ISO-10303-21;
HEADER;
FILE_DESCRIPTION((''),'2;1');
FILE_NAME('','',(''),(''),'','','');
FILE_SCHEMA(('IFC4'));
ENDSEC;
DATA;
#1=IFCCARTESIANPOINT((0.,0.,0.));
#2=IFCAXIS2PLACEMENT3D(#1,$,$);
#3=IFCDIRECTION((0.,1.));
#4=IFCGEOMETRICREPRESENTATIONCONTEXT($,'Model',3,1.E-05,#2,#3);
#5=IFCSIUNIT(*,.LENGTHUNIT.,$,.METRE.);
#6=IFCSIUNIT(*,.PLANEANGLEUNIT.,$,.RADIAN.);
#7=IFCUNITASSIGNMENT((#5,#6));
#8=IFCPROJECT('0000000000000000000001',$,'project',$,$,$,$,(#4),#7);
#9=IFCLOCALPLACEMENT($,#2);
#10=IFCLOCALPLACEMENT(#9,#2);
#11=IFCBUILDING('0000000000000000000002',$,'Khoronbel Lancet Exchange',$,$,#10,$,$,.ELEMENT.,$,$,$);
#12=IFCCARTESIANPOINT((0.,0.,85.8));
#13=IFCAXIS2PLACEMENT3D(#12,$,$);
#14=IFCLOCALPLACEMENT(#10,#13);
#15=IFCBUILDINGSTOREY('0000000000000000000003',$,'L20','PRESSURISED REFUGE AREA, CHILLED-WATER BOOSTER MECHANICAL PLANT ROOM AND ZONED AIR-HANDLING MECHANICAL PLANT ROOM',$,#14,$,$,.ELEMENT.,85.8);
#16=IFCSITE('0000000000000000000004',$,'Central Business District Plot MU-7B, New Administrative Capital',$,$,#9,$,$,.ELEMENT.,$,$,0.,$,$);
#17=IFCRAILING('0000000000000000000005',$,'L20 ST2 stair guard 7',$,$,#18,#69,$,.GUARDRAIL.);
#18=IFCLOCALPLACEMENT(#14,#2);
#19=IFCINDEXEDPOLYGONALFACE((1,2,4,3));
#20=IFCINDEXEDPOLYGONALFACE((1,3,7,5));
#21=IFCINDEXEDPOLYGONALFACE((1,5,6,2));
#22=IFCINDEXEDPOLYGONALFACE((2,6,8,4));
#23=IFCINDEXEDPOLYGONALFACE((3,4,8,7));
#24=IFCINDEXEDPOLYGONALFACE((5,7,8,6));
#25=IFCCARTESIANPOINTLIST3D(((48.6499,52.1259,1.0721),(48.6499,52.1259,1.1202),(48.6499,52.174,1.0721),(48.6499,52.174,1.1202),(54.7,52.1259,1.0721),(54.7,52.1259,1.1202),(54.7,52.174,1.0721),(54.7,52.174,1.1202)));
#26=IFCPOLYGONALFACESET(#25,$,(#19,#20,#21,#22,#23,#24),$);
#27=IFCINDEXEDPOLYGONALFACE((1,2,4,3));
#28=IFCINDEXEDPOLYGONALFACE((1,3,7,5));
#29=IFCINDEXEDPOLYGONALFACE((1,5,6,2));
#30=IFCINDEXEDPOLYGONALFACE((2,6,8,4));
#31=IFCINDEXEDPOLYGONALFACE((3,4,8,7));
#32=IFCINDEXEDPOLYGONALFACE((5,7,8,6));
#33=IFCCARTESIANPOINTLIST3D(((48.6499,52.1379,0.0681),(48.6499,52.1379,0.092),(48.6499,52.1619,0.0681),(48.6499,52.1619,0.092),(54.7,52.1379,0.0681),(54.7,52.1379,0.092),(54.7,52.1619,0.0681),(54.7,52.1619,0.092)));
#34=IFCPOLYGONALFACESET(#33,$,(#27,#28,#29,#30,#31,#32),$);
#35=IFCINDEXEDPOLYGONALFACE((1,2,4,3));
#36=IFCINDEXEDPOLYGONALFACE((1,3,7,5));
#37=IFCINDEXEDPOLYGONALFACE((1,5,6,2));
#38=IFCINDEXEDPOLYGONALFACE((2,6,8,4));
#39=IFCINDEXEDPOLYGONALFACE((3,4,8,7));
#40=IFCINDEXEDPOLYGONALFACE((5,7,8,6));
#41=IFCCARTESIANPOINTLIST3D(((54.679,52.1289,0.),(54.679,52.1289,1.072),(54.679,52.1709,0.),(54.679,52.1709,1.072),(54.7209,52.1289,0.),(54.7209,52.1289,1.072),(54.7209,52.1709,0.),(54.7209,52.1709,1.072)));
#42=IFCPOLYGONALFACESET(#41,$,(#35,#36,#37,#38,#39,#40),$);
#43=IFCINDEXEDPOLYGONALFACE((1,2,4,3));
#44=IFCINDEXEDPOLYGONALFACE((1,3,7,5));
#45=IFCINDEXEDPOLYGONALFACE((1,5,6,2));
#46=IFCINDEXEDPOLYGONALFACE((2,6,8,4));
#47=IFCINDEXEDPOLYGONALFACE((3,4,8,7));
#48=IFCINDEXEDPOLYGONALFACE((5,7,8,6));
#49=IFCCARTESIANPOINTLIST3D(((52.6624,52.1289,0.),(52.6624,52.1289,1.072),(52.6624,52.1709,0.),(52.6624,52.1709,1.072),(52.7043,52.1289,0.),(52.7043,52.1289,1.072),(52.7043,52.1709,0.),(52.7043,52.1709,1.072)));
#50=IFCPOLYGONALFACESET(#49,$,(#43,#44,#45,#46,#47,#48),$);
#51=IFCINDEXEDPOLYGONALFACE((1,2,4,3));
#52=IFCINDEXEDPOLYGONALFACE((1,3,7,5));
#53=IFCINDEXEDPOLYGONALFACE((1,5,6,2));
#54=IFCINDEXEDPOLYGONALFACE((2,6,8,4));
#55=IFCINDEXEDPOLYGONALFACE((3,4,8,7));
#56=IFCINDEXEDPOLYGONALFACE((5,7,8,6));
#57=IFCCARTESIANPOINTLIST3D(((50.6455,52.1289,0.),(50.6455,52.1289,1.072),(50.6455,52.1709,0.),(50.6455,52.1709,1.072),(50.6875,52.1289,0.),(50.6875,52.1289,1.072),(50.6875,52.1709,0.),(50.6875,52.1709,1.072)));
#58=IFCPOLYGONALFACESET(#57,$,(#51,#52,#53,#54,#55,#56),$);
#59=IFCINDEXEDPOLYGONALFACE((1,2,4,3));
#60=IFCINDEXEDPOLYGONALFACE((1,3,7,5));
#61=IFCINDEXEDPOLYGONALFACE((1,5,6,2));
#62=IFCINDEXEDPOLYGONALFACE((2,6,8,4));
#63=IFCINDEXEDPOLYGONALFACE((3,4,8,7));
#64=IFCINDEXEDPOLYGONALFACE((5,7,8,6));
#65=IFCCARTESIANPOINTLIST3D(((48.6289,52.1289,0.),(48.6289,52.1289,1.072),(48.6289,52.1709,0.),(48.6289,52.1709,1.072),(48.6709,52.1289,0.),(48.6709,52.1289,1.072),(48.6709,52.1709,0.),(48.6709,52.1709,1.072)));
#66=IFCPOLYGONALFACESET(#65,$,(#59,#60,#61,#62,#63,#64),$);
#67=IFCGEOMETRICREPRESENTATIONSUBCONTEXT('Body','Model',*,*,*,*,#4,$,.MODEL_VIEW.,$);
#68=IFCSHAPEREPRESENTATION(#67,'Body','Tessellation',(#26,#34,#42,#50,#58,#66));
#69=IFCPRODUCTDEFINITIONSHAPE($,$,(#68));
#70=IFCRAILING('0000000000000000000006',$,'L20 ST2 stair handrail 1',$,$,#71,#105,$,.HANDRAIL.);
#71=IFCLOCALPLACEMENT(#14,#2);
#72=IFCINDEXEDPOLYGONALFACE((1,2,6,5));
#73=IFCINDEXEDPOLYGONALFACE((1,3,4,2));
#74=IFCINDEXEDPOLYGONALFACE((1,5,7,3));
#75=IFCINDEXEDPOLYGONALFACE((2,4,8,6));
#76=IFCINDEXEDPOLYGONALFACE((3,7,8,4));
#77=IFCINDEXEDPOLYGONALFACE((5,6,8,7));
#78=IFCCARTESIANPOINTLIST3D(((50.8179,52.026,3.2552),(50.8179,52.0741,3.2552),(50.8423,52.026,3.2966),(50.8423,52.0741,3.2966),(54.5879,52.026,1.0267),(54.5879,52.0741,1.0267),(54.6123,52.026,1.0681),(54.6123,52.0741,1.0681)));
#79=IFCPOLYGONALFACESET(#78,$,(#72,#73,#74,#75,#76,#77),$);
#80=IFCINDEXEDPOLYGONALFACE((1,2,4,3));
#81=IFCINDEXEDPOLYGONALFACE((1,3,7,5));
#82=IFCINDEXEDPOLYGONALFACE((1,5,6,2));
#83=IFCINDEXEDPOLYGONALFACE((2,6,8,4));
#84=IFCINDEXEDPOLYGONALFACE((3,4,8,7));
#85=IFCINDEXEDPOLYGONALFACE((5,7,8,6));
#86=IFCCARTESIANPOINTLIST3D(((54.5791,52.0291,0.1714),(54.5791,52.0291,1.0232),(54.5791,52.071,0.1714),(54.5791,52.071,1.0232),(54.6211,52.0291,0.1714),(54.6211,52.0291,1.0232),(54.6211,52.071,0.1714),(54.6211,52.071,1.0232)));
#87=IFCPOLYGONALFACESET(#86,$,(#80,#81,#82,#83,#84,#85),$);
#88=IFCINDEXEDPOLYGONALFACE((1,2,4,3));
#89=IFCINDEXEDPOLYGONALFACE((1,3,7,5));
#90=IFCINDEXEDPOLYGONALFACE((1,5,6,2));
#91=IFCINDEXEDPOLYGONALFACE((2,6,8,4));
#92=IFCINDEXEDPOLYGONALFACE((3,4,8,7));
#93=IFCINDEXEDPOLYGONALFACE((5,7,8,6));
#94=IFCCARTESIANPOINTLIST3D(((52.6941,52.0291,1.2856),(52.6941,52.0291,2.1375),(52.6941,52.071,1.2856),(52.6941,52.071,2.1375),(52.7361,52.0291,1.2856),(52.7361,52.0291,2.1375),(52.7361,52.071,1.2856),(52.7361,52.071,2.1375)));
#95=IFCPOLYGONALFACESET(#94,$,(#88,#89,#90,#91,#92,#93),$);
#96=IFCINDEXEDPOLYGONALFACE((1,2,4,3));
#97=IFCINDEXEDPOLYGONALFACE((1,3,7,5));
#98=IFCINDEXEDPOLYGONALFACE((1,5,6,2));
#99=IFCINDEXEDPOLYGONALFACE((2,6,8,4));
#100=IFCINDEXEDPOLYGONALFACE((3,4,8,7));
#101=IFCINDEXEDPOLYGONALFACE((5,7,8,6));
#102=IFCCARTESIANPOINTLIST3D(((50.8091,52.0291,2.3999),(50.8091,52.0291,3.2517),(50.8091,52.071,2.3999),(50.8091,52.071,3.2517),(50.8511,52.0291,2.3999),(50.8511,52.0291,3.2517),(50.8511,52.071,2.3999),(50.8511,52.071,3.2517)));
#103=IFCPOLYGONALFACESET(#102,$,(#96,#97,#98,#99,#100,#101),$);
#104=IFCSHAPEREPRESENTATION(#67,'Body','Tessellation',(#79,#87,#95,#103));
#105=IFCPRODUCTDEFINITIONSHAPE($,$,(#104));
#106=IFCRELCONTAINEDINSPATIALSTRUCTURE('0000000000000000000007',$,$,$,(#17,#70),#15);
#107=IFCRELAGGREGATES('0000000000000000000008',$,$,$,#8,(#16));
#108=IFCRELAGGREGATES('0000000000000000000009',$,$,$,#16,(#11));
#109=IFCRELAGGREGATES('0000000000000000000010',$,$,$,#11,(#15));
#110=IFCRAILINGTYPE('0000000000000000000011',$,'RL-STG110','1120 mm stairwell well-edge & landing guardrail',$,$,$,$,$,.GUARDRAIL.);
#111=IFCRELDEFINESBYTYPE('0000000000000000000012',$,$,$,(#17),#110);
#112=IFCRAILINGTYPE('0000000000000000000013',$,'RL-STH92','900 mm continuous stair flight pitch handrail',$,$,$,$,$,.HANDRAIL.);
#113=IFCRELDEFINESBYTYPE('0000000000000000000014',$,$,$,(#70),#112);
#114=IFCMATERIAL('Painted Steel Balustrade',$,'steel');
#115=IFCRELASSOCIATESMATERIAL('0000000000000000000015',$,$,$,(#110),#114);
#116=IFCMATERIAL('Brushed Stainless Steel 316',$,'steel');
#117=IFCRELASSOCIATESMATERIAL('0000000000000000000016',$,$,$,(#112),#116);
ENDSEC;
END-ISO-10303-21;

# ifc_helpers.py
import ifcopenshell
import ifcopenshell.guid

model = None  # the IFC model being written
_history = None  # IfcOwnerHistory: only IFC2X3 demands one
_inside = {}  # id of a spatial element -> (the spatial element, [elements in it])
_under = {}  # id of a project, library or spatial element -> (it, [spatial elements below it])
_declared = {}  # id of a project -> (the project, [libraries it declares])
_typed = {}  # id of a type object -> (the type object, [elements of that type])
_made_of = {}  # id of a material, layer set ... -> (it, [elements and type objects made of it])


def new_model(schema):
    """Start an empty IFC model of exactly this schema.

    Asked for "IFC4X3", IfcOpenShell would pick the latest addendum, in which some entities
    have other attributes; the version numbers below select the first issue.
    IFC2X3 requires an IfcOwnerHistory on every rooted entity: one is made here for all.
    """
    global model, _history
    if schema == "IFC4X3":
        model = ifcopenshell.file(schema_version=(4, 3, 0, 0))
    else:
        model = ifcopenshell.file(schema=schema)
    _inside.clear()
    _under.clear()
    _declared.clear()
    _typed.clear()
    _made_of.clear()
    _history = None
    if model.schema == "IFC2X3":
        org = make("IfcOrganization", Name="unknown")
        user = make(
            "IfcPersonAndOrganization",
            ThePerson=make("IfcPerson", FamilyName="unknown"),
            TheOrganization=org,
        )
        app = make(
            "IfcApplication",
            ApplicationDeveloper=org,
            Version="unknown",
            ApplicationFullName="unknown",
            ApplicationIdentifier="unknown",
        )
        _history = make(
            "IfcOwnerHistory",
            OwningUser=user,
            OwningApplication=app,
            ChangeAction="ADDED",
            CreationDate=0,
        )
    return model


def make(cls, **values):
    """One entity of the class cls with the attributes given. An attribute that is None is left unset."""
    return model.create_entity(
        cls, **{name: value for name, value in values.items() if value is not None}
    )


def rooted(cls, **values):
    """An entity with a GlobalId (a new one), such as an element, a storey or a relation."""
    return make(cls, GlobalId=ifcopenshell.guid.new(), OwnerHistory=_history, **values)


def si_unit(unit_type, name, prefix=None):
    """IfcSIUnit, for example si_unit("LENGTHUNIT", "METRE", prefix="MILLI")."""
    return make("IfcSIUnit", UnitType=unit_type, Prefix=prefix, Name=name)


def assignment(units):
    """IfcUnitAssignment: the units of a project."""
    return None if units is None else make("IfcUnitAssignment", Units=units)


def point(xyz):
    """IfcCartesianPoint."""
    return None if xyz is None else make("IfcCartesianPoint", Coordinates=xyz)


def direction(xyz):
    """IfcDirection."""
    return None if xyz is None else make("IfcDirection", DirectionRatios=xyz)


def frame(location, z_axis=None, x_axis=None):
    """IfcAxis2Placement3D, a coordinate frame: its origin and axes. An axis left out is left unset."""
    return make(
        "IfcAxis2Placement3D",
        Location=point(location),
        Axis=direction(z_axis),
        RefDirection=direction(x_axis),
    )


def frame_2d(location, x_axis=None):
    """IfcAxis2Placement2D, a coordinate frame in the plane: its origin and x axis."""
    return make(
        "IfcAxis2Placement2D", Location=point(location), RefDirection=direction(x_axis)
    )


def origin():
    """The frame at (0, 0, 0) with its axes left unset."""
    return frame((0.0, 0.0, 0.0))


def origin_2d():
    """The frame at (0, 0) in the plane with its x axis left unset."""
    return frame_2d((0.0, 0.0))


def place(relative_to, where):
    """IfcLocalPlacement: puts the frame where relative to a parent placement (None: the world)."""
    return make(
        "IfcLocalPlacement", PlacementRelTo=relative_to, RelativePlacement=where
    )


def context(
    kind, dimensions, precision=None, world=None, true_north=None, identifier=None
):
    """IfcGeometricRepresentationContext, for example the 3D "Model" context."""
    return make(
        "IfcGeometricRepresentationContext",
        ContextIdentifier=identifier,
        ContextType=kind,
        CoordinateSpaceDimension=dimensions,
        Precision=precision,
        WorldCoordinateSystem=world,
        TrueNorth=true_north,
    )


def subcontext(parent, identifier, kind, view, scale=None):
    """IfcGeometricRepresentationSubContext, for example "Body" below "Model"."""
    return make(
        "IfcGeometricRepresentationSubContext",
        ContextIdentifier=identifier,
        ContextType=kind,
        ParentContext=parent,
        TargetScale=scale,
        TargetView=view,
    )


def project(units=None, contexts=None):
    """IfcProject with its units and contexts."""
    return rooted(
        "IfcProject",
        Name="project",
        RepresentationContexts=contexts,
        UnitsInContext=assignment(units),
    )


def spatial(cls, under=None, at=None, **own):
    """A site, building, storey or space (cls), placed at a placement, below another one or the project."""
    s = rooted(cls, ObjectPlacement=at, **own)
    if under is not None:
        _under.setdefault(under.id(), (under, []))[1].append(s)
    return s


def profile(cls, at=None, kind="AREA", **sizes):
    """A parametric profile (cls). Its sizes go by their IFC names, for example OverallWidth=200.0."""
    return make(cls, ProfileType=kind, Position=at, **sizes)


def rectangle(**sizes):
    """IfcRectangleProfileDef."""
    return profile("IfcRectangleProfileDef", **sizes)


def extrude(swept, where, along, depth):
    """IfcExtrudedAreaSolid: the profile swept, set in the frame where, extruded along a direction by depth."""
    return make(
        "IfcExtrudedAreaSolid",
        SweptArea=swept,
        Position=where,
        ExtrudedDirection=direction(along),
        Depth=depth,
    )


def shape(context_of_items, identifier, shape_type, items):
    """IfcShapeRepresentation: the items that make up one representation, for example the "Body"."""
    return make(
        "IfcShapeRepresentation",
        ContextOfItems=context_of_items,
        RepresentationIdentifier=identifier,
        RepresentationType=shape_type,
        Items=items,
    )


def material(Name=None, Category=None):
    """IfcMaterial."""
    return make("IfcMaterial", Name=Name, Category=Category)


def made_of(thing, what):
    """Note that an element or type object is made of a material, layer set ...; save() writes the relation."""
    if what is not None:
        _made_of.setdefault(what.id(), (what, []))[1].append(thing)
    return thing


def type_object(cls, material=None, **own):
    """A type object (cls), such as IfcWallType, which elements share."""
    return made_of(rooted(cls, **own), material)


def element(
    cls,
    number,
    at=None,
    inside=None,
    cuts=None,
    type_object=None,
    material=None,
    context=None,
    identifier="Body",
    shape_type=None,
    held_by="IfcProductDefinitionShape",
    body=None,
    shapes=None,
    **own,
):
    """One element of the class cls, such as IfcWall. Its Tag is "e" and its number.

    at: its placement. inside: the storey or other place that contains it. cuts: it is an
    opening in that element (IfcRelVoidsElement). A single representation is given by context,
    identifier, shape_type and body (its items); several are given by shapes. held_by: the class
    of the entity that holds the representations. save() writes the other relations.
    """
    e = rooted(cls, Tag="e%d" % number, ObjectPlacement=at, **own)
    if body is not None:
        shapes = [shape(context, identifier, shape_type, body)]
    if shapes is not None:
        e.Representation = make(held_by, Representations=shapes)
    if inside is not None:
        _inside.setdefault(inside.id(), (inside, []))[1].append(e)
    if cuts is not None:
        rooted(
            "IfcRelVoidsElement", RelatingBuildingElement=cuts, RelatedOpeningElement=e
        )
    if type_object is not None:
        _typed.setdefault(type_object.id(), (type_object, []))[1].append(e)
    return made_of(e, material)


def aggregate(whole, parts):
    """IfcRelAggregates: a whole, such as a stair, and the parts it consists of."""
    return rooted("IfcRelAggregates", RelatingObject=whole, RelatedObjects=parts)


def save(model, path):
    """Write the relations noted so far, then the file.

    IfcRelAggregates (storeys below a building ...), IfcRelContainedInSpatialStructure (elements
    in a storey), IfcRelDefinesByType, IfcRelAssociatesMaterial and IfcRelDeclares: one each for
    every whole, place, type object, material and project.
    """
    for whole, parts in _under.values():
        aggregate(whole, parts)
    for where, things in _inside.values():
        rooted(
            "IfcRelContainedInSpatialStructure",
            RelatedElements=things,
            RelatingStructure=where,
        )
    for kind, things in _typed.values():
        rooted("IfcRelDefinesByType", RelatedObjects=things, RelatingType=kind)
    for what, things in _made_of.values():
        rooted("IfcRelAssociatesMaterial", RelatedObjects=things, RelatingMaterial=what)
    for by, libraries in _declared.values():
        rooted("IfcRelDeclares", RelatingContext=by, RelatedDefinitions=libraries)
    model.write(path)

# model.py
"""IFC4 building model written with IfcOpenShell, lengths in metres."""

from ifc_helpers import new_model, si_unit, direction, frame, origin, origin_2d, place, context, subcontext, project, spatial, rectangle, extrude, material, type_object, element, save


model = new_model("IFC4")

# Units and contexts
model_context = context("Model", 3, precision=1e-05, world=origin(), true_north=direction((0.0, 1.0)))
body_context = subcontext(model_context, "Body", "Model", "MODEL_VIEW")
ifc_project = project(units=[si_unit("LENGTHUNIT", "METRE"), si_unit("PLANEANGLEUNIT", "RADIAN")], contexts=[model_context])

# Site, building, storey
site_placement = place(None, origin())
site = spatial("IfcSite", under=ifc_project, at=site_placement, Name="Central Business District Plot MU-7B, New Administrative Capital", CompositionType="ELEMENT", RefElevation=0.0)
building_placement = place(site_placement, origin())
building = spatial("IfcBuilding", under=site, at=building_placement, Name="Khoronbel Lancet Exchange", CompositionType="ELEMENT")
storey_placement = place(building_placement, frame((0.0, 0.0, 85.8)))
storey = spatial("IfcBuildingStorey", under=building, at=storey_placement, Name="L20", Description="PRESSURISED REFUGE AREA, CHILLED-WATER BOOSTER MECHANICAL PLANT ROOM AND ZONED AIR-HANDLING MECHANICAL PLANT ROOM", CompositionType="ELEMENT", Elevation=85.8)

# Railings
ifc_material_1 = material(Name="Painted Steel Balustrade", Category="steel")
railing_type_1 = type_object("IfcRailingType", Name="RL-STG110", Description="1120 mm stairwell well-edge & landing guardrail", PredefinedType="GUARDRAIL", material=ifc_material_1)
railing_1_placement = place(storey_placement, frame((54.7, 52.1499, 0.0)))
element("IfcRailing", 1, at=railing_1_placement, inside=storey, type_object=railing_type_1, Name="L20 ST2 stair guard 7", PredefinedType="GUARDRAIL", context=body_context, shape_type="SweptSolid", body=[
    extrude(rectangle(XDim=0.0481, YDim=0.0481, at=origin_2d()), frame((0.0, 0.0, 1.0962), z_axis=(-1.0, 0.0, 0.0), x_axis=(0.0, -1.0, 0.0)), (0.0, 0.0, 1.0), 6.05),
    extrude(rectangle(XDim=0.0239, YDim=0.0239, at=origin_2d()), frame((0.0, 0.0, 0.0801), z_axis=(-1.0, 0.0, 0.0), x_axis=(0.0, -1.0, 0.0)), (0.0, 0.0, 1.0), 6.05),
    extrude(rectangle(XDim=0.042, YDim=0.042, at=origin_2d()), origin(), (0.0, 0.0, 1.0), 1.072),
    extrude(rectangle(XDim=0.042, YDim=0.042, at=origin_2d()), frame((-2.0166, 0.0, 0.0)), (0.0, 0.0, 1.0), 1.072),
    extrude(rectangle(XDim=0.042, YDim=0.042, at=origin_2d()), frame((-4.0334, 0.0, 0.0)), (0.0, 0.0, 1.0), 1.072),
    extrude(rectangle(XDim=0.042, YDim=0.042, at=origin_2d()), frame((-6.05, 0.0, 0.0)), (0.0, 0.0, 1.0), 1.072),
])
ifc_material_2 = material(Name="Brushed Stainless Steel 316", Category="steel")
railing_type_2 = type_object("IfcRailingType", Name="RL-STH92", Description="900 mm continuous stair flight pitch handrail", PredefinedType="HANDRAIL", material=ifc_material_2)
railing_2_placement = place(storey_placement, frame((54.6001, 52.05, 0.1714)))
element("IfcRailing", 2, at=railing_2_placement, inside=storey, type_object=railing_type_2, Name="L20 ST2 stair handrail 1", PredefinedType="HANDRAIL", context=body_context, shape_type="SweptSolid", body=[
    extrude(rectangle(XDim=0.0481, YDim=0.0481, at=origin_2d()), frame((0.0, 0.0, 0.876), z_axis=(-0.860849, 0.0, 0.508861), x_axis=(0.0, -1.0, 0.0)), (0.0, 0.0, 1.0), 4.3794),
    extrude(rectangle(XDim=0.042, YDim=0.042, at=origin_2d()), origin(), (0.0, 0.0, 1.0), 0.8518),
    extrude(rectangle(XDim=0.042, YDim=0.042, at=origin_2d()), frame((-1.885, 0.0, 1.1143)), (0.0, 0.0, 1.0), 0.8518),
    extrude(rectangle(XDim=0.042, YDim=0.042, at=origin_2d()), frame((-3.77, 0.0, 2.2285)), (0.0, 0.0, 1.0), 0.8518),
])

save(model, "model.ifc")
